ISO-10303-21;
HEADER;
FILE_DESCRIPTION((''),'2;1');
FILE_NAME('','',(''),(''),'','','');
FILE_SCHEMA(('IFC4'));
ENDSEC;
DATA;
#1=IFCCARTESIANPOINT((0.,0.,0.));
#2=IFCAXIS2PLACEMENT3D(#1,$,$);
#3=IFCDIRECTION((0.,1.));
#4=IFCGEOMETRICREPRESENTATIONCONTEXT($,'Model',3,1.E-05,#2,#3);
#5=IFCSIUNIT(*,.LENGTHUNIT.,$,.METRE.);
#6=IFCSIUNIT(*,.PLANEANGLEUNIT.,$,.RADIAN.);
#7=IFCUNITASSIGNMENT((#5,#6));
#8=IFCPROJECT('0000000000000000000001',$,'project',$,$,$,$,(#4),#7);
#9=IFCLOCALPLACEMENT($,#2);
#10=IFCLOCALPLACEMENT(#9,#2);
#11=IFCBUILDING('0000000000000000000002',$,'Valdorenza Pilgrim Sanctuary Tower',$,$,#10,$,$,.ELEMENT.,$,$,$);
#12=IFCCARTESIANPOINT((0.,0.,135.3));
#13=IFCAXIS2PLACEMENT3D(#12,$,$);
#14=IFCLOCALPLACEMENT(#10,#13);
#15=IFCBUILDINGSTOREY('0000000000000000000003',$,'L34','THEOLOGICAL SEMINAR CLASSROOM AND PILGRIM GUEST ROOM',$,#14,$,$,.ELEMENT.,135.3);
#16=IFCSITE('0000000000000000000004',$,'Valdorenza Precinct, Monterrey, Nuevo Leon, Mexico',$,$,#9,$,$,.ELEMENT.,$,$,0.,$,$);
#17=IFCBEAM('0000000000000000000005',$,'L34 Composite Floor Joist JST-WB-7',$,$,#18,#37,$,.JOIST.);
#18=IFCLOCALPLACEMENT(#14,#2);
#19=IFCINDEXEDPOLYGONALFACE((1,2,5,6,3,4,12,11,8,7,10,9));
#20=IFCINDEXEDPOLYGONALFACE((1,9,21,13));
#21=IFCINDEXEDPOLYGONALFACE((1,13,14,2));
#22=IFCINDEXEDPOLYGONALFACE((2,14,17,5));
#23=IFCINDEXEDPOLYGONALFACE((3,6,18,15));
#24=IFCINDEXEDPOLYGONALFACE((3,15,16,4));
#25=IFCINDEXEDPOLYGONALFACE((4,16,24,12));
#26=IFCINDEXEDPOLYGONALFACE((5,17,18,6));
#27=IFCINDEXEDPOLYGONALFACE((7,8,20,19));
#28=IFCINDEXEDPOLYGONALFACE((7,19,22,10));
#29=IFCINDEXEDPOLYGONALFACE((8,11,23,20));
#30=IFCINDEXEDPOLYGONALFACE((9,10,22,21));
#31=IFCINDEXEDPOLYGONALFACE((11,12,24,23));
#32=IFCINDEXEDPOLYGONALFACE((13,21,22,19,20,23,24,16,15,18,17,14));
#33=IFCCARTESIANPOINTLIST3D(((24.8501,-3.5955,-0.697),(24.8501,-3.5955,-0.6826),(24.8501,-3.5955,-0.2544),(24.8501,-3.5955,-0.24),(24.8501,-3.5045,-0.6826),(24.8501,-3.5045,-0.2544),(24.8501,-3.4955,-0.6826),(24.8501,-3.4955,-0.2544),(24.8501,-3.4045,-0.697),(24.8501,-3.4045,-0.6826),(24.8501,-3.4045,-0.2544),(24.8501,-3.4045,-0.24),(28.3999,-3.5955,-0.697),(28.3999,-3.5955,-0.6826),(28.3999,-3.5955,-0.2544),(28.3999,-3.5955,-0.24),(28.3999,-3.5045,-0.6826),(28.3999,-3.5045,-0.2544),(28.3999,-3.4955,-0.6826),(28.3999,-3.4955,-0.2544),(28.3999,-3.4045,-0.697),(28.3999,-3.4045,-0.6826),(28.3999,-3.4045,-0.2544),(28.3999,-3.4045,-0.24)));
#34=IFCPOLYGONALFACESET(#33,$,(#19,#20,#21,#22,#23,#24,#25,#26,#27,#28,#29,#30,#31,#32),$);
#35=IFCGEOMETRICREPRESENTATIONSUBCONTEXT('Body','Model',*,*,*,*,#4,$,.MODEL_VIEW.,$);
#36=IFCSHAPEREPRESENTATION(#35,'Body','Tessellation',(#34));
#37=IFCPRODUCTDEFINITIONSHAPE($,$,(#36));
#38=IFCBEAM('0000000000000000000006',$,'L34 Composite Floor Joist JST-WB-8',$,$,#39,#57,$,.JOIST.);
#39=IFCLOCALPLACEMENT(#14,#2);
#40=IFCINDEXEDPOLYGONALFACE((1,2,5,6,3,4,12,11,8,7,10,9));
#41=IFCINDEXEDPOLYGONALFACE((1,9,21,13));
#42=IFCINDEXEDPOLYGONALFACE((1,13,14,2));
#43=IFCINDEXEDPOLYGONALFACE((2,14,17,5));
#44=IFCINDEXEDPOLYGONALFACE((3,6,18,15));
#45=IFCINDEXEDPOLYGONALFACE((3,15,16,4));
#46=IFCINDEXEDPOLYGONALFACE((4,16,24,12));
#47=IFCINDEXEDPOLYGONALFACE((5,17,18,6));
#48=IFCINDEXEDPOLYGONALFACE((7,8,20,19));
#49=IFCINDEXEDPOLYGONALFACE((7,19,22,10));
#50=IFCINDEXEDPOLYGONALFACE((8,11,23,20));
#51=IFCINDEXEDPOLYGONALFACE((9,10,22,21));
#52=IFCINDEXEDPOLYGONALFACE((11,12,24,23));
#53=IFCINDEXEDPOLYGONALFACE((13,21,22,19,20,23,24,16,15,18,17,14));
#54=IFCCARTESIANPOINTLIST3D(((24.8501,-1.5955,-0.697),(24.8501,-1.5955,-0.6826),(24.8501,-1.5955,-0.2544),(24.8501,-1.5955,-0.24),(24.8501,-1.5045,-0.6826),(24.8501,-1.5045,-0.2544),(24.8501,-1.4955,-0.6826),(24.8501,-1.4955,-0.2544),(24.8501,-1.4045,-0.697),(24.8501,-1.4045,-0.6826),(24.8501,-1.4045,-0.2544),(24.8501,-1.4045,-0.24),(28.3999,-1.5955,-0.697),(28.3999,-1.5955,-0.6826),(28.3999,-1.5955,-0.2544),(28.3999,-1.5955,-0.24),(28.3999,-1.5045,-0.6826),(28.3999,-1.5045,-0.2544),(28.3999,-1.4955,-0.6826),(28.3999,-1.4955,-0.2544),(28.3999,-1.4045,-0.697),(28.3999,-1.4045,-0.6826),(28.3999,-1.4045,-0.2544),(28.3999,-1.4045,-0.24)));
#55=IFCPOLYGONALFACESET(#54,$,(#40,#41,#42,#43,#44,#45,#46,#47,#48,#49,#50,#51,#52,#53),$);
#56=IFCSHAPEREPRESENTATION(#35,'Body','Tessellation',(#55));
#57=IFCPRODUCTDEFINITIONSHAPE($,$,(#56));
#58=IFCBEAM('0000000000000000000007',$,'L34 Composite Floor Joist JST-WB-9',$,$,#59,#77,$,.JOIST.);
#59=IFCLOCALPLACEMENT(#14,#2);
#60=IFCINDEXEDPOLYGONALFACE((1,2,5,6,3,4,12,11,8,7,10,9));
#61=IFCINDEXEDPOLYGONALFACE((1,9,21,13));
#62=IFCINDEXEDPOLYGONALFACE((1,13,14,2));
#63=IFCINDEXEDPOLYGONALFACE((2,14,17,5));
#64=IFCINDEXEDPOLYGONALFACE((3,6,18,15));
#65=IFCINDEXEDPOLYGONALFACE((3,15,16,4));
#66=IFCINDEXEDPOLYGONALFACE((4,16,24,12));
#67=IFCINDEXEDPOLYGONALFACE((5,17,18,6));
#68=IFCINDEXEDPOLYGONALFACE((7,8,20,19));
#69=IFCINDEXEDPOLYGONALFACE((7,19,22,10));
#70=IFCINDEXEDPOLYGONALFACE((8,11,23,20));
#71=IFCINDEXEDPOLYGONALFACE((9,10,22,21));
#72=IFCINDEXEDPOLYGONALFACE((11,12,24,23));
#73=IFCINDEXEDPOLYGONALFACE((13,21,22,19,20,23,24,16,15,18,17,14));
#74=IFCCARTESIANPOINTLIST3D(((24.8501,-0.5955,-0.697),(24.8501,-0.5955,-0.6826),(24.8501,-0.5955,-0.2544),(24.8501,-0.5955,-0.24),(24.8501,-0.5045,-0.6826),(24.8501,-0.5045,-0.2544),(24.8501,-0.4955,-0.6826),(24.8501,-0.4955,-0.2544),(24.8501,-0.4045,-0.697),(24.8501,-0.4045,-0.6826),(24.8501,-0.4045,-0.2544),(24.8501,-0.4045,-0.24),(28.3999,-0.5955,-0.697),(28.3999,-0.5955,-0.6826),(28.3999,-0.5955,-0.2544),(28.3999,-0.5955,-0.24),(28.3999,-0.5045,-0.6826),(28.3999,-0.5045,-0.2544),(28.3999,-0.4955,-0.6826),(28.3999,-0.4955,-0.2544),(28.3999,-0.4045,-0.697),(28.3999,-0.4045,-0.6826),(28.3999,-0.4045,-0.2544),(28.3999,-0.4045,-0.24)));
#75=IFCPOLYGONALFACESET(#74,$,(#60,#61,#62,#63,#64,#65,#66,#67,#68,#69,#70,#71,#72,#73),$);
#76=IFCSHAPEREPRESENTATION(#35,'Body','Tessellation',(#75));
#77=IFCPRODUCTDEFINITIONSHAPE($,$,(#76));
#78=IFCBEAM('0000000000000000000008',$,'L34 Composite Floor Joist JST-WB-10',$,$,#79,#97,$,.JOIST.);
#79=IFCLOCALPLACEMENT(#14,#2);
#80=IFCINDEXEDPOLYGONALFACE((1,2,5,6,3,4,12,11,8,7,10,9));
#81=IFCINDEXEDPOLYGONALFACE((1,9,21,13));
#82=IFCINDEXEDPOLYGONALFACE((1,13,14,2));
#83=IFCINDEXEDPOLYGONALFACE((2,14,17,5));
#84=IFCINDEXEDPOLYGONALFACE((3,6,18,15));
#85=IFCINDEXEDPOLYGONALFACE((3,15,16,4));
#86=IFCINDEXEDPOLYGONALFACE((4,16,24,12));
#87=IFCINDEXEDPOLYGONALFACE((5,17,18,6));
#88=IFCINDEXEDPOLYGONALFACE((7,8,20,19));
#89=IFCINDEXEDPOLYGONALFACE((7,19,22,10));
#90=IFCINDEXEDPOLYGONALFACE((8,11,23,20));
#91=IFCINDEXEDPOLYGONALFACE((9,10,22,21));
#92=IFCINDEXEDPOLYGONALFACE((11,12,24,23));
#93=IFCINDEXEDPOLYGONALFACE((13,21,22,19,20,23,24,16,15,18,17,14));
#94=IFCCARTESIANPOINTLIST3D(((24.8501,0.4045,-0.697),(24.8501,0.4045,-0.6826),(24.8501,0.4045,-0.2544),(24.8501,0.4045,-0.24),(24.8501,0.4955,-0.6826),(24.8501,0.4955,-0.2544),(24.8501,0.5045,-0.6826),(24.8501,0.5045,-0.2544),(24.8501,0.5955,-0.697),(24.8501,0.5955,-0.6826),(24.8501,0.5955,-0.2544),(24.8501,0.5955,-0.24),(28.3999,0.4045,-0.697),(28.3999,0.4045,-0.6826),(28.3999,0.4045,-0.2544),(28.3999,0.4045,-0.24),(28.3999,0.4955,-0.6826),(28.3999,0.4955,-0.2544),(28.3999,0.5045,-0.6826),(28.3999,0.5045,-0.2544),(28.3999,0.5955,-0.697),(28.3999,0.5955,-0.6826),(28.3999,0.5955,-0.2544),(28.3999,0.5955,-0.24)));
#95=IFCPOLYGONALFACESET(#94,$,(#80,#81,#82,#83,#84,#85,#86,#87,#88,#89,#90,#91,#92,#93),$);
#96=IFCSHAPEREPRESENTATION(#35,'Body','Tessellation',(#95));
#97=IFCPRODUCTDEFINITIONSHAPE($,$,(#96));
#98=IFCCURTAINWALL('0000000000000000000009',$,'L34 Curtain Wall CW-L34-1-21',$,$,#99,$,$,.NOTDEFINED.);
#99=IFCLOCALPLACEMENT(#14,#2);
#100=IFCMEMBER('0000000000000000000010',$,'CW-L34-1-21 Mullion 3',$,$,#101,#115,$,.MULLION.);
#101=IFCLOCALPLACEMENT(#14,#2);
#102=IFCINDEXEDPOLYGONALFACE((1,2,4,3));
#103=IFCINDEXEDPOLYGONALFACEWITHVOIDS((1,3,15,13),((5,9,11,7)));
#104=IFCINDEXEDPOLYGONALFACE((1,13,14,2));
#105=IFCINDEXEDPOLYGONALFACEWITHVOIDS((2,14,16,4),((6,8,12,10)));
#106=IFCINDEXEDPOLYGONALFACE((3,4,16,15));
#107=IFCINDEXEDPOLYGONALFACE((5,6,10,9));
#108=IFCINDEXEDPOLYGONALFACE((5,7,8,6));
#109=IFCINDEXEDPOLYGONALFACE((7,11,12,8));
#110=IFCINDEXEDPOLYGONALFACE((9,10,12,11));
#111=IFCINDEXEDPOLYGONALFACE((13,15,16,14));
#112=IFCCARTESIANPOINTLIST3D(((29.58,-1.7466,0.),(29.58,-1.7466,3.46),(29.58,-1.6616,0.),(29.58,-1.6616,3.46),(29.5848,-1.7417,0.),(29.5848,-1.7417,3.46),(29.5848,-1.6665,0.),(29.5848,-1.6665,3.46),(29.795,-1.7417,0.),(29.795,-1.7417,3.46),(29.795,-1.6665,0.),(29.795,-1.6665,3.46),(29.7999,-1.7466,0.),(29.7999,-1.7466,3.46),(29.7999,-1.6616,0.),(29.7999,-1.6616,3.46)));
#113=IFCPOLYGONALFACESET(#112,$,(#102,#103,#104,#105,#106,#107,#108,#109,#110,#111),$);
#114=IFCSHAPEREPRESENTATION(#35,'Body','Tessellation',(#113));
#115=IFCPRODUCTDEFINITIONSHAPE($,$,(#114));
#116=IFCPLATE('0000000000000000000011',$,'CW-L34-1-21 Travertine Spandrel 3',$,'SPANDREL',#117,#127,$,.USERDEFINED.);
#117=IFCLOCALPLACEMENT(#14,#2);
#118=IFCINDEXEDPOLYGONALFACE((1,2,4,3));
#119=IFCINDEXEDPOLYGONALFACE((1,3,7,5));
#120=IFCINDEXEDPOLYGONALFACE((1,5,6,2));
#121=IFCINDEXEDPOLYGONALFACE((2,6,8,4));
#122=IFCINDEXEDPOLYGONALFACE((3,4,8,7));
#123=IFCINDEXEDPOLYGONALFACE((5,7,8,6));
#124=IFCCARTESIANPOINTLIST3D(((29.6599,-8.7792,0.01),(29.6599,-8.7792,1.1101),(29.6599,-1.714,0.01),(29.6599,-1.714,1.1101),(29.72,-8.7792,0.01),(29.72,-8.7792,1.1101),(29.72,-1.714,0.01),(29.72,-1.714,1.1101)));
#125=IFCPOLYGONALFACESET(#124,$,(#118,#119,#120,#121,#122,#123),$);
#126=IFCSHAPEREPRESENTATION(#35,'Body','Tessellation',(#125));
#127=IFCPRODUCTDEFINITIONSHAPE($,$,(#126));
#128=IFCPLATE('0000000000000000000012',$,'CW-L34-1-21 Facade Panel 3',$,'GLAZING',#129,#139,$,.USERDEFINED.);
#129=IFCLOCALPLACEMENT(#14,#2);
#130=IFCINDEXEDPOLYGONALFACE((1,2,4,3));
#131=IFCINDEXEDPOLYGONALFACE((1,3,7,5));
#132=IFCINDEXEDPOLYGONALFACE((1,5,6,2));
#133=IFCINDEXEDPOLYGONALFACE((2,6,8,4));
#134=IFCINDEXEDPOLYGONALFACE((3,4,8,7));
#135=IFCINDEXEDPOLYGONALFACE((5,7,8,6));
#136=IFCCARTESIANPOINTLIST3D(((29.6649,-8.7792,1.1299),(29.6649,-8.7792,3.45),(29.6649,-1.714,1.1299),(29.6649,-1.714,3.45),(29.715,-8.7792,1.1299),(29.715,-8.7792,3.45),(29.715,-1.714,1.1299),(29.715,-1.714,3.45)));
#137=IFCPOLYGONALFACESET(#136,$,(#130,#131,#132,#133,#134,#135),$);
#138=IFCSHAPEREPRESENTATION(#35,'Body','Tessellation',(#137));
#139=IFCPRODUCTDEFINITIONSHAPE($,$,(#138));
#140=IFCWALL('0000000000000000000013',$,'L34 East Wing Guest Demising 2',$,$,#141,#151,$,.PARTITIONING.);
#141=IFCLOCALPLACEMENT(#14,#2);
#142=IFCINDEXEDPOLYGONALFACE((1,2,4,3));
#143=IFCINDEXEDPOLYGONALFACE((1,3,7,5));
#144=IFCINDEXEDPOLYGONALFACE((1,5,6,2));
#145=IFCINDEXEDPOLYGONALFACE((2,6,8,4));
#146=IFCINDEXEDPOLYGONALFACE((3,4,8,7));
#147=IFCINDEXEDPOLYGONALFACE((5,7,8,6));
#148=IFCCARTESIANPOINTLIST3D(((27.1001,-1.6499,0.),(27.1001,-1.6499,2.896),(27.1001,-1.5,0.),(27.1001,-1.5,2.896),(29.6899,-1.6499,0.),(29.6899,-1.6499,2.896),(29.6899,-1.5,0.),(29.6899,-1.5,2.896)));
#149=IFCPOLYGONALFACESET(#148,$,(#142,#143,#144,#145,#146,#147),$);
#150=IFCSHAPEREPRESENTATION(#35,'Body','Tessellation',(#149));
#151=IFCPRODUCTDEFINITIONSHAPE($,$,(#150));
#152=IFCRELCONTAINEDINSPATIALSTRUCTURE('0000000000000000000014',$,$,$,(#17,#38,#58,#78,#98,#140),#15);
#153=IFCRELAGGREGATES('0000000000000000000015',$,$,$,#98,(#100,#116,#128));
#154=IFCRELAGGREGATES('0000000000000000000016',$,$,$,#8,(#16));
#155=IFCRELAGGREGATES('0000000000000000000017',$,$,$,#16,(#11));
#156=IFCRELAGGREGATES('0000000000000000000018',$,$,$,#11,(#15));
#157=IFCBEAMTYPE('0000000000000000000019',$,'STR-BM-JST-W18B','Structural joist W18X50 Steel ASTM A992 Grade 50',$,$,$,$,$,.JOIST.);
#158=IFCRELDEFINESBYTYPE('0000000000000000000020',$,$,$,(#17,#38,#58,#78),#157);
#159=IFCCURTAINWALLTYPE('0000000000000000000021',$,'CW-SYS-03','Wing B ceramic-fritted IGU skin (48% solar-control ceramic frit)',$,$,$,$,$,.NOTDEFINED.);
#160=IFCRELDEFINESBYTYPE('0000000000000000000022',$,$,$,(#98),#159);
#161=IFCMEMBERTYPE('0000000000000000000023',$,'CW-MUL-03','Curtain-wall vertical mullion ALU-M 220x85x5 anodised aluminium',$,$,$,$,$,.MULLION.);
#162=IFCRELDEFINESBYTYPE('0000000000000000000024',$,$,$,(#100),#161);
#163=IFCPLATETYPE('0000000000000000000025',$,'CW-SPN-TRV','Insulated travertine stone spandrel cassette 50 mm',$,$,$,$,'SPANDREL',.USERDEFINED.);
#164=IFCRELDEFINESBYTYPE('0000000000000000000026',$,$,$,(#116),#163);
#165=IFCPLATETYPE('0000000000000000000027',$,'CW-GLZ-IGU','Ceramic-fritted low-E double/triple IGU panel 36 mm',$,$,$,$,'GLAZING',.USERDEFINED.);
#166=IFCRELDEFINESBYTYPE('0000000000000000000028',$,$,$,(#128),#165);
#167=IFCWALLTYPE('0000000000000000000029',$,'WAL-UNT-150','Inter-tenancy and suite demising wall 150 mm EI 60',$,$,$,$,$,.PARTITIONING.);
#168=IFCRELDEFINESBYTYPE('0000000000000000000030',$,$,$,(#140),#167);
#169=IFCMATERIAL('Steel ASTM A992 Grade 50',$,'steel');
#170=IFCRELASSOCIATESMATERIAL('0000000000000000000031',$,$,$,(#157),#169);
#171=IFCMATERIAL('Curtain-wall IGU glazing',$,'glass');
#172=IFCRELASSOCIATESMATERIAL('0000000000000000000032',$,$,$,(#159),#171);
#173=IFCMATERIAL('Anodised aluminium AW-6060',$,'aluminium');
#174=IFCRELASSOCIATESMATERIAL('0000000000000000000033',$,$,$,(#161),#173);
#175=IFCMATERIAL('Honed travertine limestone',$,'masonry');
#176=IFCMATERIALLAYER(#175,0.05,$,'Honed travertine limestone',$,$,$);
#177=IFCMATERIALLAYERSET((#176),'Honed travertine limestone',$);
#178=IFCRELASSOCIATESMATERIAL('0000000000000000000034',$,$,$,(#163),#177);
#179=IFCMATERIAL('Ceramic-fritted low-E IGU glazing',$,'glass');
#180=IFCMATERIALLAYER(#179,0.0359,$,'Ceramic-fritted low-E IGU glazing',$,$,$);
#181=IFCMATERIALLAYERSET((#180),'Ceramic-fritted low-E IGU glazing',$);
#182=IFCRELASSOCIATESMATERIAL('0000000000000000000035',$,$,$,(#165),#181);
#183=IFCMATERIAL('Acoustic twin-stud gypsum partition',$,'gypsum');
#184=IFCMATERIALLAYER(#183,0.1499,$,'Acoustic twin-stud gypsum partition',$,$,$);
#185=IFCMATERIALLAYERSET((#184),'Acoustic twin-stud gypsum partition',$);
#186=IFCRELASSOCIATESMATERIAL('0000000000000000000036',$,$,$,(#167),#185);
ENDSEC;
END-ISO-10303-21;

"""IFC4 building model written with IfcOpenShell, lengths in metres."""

from ifc_helpers import new_model, si_unit, direction, frame, frame_2d, origin, origin_2d, place, context, subcontext, project, spatial, rectangle, hollow_rectangle, i_section, extrude, source, transform, mapped, material, layer, layer_set, material_profile, profile_set, type_object, element, aggregate, save


model = new_model("IFC4")

# Units and contexts
model_context = context("Model", 3, precision=1e-05, world=origin(), true_north=direction((0.0, 1.0)))
body_context = subcontext(model_context, "Body", "Model", "MODEL_VIEW")
ifc_project = project(units=[si_unit("LENGTHUNIT", "METRE"), si_unit("PLANEANGLEUNIT", "RADIAN")], contexts=[model_context])

# Site, building, storey
site_placement = place(None, origin())
site = spatial("IfcSite", under=ifc_project, at=site_placement, Name="Valdorenza Precinct, Monterrey, Nuevo Leon, Mexico", CompositionType="ELEMENT", RefElevation=0.0)
building_placement = place(site_placement, origin())
building = spatial("IfcBuilding", under=site, at=building_placement, Name="Valdorenza Pilgrim Sanctuary Tower", CompositionType="ELEMENT")
storey_placement = place(building_placement, frame((0.0, 0.0, 135.3)))
storey = spatial("IfcBuildingStorey", under=building, at=storey_placement, Name="L34", Description="THEOLOGICAL SEMINAR CLASSROOM AND PILGRIM GUEST ROOM", CompositionType="ELEMENT", Elevation=135.3)

# Shared definitions
ifc_material_1 = material(Name="Steel ASTM A992 Grade 50", Category="steel")

# Beams
ifc_material_profile_1 = material_profile(ifc_material_1, i_section(OverallWidth=0.1909, OverallDepth=0.457, WebThickness=0.009, FlangeThickness=0.0144, at=origin_2d()), Name="W18X50")
ifc_profile_set_1 = profile_set([ifc_material_profile_1], Name="Steel ASTM A992 Grade 50")
beam_type_1 = type_object("IfcBeamType", Name="STR-BM-JST-W18B", Description="Structural joist W18X50 Steel ASTM A992 Grade 50", PredefinedType="JOIST", material=ifc_profile_set_1)
shared_shape_1 = source(origin(), body_context, "Body", "SweptSolid", [
    extrude(i_section(OverallWidth=0.1909, OverallDepth=0.457, WebThickness=0.009, FlangeThickness=0.0144, at=origin_2d()), origin(), (0.0, 0.0, 1.0), 3.5498),
])
for number, where, z_axis, x_axis, name in (
    (1, (24.8501, -3.5, -0.4685), (1.0, 0.0, 0.0), (0.0, 1.0, 0.0), "L34 Composite Floor Joist JST-WB-7"),
    (2, (24.8501, -1.5, -0.4685), (1.0, 0.0, 0.0), (0.0, 1.0, 0.0), "L34 Composite Floor Joist JST-WB-8"),
    (3, (24.8501, -0.5, -0.4685), (1.0, 0.0, 0.0), (0.0, 1.0, 0.0), "L34 Composite Floor Joist JST-WB-9"),
    (4, (24.8501, 0.5, -0.4685), (1.0, 0.0, 0.0), (0.0, 1.0, 0.0), "L34 Composite Floor Joist JST-WB-10"),
):
    element("IfcBeam", number, at=place(storey_placement, frame(where, z_axis=z_axis, x_axis=x_axis)), inside=storey, type_object=beam_type_1, Name=name, PredefinedType="JOIST", context=body_context, shape_type="MappedRepresentation", body=[
        mapped(shared_shape_1, transform((0.0, 0.0, 0.0), x_axis=(1.0, 0.0, 0.0), y_axis=(0.0, 1.0, 0.0), z_axis=(0.0, 0.0, 1.0), scale=1.0)),
    ])

# Curtain wall, member, plates
ifc_material_2 = material(Name="Curtain-wall IGU glazing", Category="glass")
curtain_wall_type = type_object("IfcCurtainWallType", Name="CW-SYS-03", Description="Wing B ceramic-fritted IGU skin (48% solar-control ceramic frit)", PredefinedType="NOTDEFINED", material=ifc_material_2)
curtain_wall_placement = place(storey_placement, origin())
curtain_wall = element("IfcCurtainWall", 5, at=curtain_wall_placement, inside=storey, type_object=curtain_wall_type, Name="L34 Curtain Wall CW-L34-1-21", PredefinedType="NOTDEFINED")
ifc_material_3 = material(Name="Anodised aluminium AW-6060", Category="aluminium")
ifc_material_profile_2 = material_profile(ifc_material_3, hollow_rectangle(XDim=0.085, YDim=0.22, WallThickness=0.0049, at=origin_2d()), Name="ALU-M 220x85x5")
ifc_profile_set_2 = profile_set([ifc_material_profile_2], Name="Anodised aluminium AW-6060")
member_type = type_object("IfcMemberType", Name="CW-MUL-03", Description="Curtain-wall vertical mullion ALU-M 220x85x5 anodised aluminium", PredefinedType="MULLION", material=ifc_profile_set_2)
shared_shape_2 = source(origin(), body_context, "Body", "SweptSolid", [
    extrude(hollow_rectangle(XDim=0.085, YDim=0.22, WallThickness=0.0049, at=origin_2d()), origin(), (0.0, 0.0, 1.0), 3.46),
])
member_placement = place(storey_placement, frame((29.6899, -1.7041, 0.0), z_axis=(0.0, 0.0, 1.0), x_axis=(0.0, -1.0, 0.0)))
member = element("IfcMember", 6, at=member_placement, type_object=member_type, Name="CW-L34-1-21 Mullion 3", PredefinedType="MULLION", context=body_context, shape_type="MappedRepresentation", body=[
    mapped(shared_shape_2, transform((0.0, 0.0, 0.0), x_axis=(1.0, 0.0, 0.0), y_axis=(0.0, 1.0, 0.0), z_axis=(0.0, 0.0, 1.0), scale=1.0)),
])
ifc_material_4 = material(Name="Honed travertine limestone", Category="masonry")
ifc_layer_1 = layer(ifc_material_4, 0.05, Name="Honed travertine limestone")
ifc_layer_set_1 = layer_set([ifc_layer_1], Name="Honed travertine limestone")
plate_type_1 = type_object("IfcPlateType", Name="CW-SPN-TRV", Description="Insulated travertine stone spandrel cassette 50 mm", ElementType="SPANDREL", PredefinedType="USERDEFINED", material=ifc_layer_set_1)
shared_shape_3 = source(origin(), body_context, "Body", "SweptSolid", [
    extrude(rectangle(XDim=7.0652, YDim=0.0601, at=origin_2d()), origin(), (0.0, 0.0, 1.0), 1.1001),
])
plate_1_placement = place(storey_placement, frame((29.6899, -5.2466, 0.01), z_axis=(0.0, 0.0, 1.0), x_axis=(0.0, -1.0, 0.0)))
plate_1 = element("IfcPlate", 7, at=plate_1_placement, type_object=plate_type_1, Name="CW-L34-1-21 Travertine Spandrel 3", ObjectType="SPANDREL", PredefinedType="USERDEFINED", context=body_context, shape_type="MappedRepresentation", body=[
    mapped(shared_shape_3, transform((0.0, 0.0, 0.0), x_axis=(1.0, 0.0, 0.0), y_axis=(0.0, 1.0, 0.0), z_axis=(0.0, 0.0, 1.0), scale=1.0)),
])
ifc_material_5 = material(Name="Ceramic-fritted low-E IGU glazing", Category="glass")
ifc_layer_2 = layer(ifc_material_5, 0.0359, Name="Ceramic-fritted low-E IGU glazing")
ifc_layer_set_2 = layer_set([ifc_layer_2], Name="Ceramic-fritted low-E IGU glazing")
plate_type_2 = type_object("IfcPlateType", Name="CW-GLZ-IGU", Description="Ceramic-fritted low-E double/triple IGU panel 36 mm", ElementType="GLAZING", PredefinedType="USERDEFINED", material=ifc_layer_set_2)
shared_shape_4 = source(origin(), body_context, "Body", "SweptSolid", [
    extrude(rectangle(XDim=7.0652, YDim=0.05, at=origin_2d()), origin(), (0.0, 0.0, 1.0), 2.3201),
])
plate_2_placement = place(storey_placement, frame((29.6899, -5.2466, 1.1299), z_axis=(0.0, 0.0, 1.0), x_axis=(0.0, -1.0, 0.0)))
plate_2 = element("IfcPlate", 8, at=plate_2_placement, type_object=plate_type_2, Name="CW-L34-1-21 Facade Panel 3", ObjectType="GLAZING", PredefinedType="USERDEFINED", context=body_context, shape_type="MappedRepresentation", body=[
    mapped(shared_shape_4, transform((0.0, 0.0, 0.0), x_axis=(1.0, 0.0, 0.0), y_axis=(0.0, 1.0, 0.0), z_axis=(0.0, 0.0, 1.0), scale=1.0)),
])
aggregate(curtain_wall, [member, plate_1, plate_2])

# Wall
ifc_material_6 = material(Name="Acoustic twin-stud gypsum partition", Category="gypsum")
ifc_layer_3 = layer(ifc_material_6, 0.1499, Name="Acoustic twin-stud gypsum partition")
ifc_layer_set_3 = layer_set([ifc_layer_3], Name="Acoustic twin-stud gypsum partition")
wall_type = type_object("IfcWallType", Name="WAL-UNT-150", Description="Inter-tenancy and suite demising wall 150 mm EI 60", PredefinedType="PARTITIONING", material=ifc_layer_set_3)
wall_placement = place(storey_placement, frame((27.1001, -1.575, 0.0), z_axis=(0.0, 0.0, 1.0), x_axis=(1.0, 0.0, 0.0)))
element("IfcWall", 9, at=wall_placement, inside=storey, type_object=wall_type, Name="L34 East Wing Guest Demising 2", PredefinedType="PARTITIONING", context=body_context, shape_type="SweptSolid", body=[
    extrude(rectangle(XDim=2.5898, YDim=0.1499, at=frame_2d((1.2949, 0.0))), origin(), (0.0, 0.0, 1.0), 2.896),
])

save(model, "model.ifc")
